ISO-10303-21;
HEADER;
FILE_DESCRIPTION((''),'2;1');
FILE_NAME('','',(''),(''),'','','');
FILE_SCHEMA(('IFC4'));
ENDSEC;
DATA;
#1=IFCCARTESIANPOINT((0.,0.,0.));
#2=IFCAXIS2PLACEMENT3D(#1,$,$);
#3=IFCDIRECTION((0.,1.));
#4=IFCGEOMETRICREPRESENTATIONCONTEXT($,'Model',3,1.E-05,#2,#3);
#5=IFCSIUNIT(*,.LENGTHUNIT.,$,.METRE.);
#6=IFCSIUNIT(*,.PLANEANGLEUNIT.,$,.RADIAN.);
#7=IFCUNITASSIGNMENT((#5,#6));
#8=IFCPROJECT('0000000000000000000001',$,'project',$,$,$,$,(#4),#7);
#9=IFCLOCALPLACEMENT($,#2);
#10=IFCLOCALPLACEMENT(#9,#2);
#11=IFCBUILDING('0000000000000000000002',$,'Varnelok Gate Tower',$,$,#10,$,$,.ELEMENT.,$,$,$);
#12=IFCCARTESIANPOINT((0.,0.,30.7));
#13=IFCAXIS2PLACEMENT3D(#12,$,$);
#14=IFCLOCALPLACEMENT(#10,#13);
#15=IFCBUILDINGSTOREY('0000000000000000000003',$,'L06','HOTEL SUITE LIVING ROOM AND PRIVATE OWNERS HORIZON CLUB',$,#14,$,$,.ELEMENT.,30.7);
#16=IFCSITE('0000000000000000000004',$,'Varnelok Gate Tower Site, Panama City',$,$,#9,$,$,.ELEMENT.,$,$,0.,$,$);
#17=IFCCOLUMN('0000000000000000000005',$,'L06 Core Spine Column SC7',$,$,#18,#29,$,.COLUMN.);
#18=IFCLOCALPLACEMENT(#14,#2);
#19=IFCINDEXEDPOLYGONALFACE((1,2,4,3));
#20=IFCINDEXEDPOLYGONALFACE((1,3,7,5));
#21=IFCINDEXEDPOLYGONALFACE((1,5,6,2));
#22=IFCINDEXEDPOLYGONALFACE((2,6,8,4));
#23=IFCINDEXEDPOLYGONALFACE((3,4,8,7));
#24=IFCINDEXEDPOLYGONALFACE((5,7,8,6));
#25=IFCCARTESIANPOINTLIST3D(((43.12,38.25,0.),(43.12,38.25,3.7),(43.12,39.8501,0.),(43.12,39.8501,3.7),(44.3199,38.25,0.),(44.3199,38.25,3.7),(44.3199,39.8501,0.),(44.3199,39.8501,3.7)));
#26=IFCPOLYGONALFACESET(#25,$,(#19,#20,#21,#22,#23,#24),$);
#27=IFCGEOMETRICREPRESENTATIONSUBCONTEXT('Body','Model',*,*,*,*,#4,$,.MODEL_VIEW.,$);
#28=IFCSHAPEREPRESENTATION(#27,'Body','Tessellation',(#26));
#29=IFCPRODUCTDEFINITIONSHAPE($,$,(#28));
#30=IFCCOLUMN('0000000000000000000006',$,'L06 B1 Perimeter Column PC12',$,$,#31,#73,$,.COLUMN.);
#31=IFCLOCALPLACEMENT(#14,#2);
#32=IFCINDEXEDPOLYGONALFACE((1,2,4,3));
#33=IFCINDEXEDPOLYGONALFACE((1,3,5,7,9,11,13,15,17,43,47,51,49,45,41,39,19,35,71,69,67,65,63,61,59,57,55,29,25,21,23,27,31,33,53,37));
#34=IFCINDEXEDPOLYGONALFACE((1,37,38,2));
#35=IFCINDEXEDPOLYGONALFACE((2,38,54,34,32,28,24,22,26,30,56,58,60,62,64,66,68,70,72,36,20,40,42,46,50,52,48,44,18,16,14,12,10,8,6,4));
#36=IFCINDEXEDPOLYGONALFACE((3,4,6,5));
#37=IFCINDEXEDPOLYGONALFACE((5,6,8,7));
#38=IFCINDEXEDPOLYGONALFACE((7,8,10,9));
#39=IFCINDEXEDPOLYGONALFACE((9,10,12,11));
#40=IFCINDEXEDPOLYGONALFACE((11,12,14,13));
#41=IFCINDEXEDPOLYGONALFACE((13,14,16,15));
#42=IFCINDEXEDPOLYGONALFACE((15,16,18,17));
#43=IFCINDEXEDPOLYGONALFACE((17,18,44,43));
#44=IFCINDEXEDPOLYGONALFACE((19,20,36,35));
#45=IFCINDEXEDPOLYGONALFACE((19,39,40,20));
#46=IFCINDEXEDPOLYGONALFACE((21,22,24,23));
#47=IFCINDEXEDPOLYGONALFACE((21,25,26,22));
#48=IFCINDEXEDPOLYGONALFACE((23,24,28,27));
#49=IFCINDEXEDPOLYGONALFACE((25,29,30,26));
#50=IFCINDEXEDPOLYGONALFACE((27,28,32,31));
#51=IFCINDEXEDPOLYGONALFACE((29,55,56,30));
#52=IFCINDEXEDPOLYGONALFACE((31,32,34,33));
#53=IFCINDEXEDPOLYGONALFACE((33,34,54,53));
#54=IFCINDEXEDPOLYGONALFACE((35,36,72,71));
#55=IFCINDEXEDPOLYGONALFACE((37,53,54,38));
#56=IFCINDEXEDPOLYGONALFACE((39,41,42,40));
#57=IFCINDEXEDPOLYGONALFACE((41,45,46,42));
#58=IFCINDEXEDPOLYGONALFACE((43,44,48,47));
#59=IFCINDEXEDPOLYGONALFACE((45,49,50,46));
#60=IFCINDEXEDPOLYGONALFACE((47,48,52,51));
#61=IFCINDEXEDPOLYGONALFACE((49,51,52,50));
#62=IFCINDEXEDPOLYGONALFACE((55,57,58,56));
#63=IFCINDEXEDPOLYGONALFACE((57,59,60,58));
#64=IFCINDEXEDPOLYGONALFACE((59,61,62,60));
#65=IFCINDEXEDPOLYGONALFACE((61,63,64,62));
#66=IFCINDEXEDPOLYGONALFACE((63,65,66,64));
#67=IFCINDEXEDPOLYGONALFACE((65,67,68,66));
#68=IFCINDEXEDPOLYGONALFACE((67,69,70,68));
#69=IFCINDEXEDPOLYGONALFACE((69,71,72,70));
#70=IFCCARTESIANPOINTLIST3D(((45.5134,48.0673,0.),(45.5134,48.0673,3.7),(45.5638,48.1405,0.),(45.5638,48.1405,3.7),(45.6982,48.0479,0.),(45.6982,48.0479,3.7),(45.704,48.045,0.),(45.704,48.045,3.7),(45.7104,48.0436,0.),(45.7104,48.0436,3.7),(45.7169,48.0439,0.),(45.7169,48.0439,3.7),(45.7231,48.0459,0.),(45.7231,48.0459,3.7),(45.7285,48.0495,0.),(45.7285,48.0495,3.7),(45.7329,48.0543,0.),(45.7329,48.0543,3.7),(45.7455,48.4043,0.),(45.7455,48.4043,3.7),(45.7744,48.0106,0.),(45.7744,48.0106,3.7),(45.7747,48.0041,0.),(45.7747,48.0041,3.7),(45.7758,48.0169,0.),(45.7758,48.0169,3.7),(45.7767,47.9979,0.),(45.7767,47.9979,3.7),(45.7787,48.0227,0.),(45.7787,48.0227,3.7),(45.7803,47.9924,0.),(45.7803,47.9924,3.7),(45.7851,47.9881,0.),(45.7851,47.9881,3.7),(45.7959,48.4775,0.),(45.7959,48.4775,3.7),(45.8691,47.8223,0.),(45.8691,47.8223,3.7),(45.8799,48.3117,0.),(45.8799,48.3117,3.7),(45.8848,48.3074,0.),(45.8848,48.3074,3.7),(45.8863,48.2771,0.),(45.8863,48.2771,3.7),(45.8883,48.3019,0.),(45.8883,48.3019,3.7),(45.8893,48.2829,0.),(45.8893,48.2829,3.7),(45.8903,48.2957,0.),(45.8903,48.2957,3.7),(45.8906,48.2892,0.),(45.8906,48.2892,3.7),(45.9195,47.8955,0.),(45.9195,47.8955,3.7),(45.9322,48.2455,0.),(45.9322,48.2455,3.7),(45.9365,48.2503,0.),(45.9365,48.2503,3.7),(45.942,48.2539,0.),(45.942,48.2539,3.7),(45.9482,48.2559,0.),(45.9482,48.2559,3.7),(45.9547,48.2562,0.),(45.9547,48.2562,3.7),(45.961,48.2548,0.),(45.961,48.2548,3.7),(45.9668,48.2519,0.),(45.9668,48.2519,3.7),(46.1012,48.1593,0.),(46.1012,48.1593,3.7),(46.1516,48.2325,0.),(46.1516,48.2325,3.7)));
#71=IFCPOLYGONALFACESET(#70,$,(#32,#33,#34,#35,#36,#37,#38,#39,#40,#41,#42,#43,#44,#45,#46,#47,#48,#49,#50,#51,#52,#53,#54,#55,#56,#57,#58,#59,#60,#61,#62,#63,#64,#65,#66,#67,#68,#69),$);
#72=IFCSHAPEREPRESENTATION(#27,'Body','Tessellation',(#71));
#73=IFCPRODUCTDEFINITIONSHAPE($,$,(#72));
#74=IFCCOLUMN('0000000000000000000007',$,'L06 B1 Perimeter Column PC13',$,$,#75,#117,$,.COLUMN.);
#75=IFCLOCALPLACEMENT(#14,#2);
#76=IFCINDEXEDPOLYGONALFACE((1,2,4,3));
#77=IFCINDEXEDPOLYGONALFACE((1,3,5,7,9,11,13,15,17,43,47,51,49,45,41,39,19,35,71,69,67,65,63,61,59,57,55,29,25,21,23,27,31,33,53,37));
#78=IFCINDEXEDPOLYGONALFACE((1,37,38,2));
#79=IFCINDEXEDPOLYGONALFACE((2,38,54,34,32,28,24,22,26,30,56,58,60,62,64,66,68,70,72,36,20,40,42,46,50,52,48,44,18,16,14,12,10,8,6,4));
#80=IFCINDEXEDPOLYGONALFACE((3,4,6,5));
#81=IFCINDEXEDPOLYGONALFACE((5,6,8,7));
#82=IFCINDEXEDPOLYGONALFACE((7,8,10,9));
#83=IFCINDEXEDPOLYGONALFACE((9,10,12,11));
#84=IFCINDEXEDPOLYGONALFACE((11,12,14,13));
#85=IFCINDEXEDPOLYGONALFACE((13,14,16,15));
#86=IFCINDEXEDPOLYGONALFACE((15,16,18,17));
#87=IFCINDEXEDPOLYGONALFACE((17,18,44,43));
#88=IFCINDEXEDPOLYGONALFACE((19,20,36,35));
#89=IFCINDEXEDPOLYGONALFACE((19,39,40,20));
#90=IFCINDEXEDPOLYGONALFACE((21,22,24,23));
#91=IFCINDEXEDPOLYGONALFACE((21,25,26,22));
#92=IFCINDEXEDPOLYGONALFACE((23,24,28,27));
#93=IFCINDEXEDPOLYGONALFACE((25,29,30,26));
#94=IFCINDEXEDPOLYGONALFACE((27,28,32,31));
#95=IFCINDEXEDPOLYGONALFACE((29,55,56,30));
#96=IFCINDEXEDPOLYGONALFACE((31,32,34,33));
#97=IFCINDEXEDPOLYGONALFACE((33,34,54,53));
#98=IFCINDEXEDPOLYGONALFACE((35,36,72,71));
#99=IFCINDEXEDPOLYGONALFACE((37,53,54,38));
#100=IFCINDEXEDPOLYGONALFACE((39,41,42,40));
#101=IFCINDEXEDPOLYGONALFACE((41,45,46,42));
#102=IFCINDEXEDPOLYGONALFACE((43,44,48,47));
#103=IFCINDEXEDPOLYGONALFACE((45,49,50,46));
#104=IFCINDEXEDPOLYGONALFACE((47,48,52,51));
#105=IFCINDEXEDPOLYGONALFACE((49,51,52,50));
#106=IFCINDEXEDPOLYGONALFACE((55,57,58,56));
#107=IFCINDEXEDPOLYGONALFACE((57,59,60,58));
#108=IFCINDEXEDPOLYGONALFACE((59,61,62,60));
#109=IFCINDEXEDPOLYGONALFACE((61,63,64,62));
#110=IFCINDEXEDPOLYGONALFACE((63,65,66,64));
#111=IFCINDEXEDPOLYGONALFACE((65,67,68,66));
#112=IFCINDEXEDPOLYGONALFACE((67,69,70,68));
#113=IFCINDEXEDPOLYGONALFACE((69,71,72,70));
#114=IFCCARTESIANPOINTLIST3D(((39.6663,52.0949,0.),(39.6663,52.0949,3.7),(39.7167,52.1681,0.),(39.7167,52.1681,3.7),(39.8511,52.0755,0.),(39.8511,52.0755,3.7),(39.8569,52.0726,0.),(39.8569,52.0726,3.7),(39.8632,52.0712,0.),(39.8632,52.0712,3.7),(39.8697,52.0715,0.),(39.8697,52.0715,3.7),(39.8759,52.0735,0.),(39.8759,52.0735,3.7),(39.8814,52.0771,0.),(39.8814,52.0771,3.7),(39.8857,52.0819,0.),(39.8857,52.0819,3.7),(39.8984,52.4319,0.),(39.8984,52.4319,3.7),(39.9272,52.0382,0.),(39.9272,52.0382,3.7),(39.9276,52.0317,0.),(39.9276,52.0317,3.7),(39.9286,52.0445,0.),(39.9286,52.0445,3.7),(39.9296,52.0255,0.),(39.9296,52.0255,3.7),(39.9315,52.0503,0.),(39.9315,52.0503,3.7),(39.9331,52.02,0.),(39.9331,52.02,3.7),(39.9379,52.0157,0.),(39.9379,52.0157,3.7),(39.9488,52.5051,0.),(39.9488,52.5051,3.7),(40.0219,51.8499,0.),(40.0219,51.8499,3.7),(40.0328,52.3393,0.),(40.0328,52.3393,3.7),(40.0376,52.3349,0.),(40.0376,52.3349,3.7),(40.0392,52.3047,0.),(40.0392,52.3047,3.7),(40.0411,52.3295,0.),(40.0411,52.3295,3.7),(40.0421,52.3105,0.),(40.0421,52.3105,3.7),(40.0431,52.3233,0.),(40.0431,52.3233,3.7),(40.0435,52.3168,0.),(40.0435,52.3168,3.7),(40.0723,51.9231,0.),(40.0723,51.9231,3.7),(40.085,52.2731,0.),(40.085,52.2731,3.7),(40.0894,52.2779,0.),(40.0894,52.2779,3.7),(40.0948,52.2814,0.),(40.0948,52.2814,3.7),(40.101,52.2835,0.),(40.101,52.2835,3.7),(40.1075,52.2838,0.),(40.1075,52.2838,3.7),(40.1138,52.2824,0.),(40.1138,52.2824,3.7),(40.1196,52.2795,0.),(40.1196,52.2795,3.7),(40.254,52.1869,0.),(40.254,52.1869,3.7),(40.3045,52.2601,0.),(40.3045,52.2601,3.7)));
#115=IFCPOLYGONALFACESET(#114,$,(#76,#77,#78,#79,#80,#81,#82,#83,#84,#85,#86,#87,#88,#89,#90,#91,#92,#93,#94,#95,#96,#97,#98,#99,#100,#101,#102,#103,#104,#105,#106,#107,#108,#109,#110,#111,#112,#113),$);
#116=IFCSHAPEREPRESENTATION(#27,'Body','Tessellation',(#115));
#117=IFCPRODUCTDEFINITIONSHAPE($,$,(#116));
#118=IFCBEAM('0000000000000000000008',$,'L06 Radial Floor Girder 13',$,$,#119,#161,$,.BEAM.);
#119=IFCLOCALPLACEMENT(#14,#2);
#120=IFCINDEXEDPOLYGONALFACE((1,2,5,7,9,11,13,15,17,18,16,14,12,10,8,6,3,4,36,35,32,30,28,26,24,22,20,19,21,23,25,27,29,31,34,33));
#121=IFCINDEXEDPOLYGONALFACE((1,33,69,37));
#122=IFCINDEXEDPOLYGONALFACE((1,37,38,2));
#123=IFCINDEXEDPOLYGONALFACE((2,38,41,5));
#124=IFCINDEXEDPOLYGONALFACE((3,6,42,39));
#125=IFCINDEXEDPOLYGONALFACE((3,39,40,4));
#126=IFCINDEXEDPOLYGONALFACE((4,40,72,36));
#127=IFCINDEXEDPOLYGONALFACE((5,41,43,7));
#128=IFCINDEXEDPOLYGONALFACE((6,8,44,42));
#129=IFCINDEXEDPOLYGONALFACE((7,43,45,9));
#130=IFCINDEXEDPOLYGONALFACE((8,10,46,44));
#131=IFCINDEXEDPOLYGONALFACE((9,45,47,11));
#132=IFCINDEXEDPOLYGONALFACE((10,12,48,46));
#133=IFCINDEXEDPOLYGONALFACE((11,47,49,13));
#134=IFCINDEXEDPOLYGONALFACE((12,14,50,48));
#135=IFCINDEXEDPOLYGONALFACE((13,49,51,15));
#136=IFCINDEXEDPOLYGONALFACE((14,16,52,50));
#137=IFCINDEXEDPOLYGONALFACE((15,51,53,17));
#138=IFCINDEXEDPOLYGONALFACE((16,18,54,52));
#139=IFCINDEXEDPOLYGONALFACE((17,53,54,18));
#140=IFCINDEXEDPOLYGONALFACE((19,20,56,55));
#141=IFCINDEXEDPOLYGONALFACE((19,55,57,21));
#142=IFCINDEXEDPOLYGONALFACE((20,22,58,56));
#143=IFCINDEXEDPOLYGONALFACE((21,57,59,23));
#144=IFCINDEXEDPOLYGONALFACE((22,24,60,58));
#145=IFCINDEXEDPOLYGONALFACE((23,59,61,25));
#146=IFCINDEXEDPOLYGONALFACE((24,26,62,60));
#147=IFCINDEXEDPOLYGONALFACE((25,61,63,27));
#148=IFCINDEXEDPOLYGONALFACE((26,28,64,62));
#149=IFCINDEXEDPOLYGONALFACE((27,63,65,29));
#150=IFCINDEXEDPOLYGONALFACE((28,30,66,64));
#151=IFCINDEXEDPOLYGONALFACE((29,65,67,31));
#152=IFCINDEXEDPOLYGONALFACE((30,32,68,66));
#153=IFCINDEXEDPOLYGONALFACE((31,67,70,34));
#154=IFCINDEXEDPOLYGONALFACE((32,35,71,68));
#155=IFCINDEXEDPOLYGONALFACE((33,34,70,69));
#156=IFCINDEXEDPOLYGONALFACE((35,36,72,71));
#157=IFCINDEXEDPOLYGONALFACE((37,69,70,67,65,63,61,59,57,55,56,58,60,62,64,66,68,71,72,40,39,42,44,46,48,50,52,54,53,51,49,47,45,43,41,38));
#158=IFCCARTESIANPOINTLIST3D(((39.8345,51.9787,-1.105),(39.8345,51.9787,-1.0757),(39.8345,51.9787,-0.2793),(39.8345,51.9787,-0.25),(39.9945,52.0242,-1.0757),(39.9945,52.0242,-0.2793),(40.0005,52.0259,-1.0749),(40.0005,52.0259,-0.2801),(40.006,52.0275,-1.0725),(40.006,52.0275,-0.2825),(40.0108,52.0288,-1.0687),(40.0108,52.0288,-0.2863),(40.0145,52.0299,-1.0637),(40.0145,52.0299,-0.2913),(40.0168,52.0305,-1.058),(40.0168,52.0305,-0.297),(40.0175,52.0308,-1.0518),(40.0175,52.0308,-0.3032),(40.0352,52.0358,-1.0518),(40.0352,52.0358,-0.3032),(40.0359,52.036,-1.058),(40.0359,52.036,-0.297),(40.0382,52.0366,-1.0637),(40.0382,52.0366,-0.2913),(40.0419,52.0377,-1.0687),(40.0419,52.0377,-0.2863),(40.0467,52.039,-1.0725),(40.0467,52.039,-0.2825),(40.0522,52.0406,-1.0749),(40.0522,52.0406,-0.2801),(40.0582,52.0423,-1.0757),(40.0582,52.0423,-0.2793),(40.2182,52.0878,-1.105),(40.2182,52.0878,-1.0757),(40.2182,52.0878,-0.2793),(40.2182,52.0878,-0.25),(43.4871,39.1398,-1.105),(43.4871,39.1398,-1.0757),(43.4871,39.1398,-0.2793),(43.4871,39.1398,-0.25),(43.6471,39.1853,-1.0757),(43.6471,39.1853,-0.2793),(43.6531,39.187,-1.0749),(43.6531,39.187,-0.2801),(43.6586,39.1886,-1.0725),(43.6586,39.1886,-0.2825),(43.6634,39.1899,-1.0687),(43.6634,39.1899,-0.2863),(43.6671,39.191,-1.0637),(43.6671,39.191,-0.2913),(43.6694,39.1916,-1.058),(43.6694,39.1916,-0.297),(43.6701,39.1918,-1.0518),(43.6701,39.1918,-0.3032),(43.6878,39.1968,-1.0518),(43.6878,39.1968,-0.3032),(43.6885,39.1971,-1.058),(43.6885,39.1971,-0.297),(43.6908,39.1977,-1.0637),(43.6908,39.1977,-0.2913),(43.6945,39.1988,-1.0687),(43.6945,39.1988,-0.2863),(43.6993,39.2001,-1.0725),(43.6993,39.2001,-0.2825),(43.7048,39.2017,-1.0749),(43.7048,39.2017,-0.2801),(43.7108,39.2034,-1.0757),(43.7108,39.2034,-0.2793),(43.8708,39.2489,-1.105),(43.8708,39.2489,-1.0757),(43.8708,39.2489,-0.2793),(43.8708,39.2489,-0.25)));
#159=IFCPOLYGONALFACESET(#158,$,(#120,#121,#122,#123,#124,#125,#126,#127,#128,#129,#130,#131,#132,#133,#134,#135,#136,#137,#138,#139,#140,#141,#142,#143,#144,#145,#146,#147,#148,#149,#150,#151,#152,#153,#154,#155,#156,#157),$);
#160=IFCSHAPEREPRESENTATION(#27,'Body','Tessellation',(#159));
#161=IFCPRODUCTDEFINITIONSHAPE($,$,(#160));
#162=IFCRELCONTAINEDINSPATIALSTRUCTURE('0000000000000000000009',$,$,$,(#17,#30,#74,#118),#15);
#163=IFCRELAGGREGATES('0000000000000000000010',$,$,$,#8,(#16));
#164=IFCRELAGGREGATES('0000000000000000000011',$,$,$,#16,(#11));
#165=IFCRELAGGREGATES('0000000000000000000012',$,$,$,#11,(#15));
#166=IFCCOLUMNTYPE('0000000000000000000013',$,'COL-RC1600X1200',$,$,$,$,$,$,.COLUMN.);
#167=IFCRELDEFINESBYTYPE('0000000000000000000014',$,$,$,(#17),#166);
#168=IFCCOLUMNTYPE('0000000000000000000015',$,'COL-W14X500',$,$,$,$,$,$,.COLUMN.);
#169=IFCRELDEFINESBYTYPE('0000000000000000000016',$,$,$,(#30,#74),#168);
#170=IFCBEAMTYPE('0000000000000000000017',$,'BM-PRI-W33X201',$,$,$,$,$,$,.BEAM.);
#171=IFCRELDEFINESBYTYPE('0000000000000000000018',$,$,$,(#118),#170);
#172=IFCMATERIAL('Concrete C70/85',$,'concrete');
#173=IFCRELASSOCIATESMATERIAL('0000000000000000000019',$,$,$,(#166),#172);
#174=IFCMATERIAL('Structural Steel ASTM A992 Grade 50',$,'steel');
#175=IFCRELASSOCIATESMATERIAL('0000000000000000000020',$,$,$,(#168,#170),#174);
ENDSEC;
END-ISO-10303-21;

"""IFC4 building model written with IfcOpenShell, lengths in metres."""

from ifc_helpers import new_model, si_unit, direction, frame, origin, origin_2d, place, context, subcontext, project, spatial, rectangle, i_section, extrude, material, material_profile, profile_set, type_object, element, save


model = new_model("IFC4")

# Units and contexts
model_context = context("Model", 3, precision=1e-05, world=origin(), true_north=direction((0.0, 1.0)))
body_context = subcontext(model_context, "Body", "Model", "MODEL_VIEW")
ifc_project = project(units=[si_unit("LENGTHUNIT", "METRE"), si_unit("PLANEANGLEUNIT", "RADIAN")], contexts=[model_context])

# Site, building, storey
site_placement = place(None, origin())
site = spatial("IfcSite", under=ifc_project, at=site_placement, Name="Varnelok Gate Tower Site, Panama City", CompositionType="ELEMENT", RefElevation=0.0)
building_placement = place(site_placement, origin())
building = spatial("IfcBuilding", under=site, at=building_placement, Name="Varnelok Gate Tower", CompositionType="ELEMENT")
storey_placement = place(building_placement, frame((0.0, 0.0, 30.7)))
storey = spatial("IfcBuildingStorey", under=building, at=storey_placement, Name="L06", Description="HOTEL SUITE LIVING ROOM AND PRIVATE OWNERS HORIZON CLUB", CompositionType="ELEMENT", Elevation=30.7)

# Columns
ifc_material_1 = material(Name="Concrete C70/85", Category="concrete")
ifc_material_profile_1 = material_profile(ifc_material_1, rectangle(XDim=1.2, YDim=1.6001, at=origin_2d()), Name="RC1600X1200")
ifc_profile_set_1 = profile_set([ifc_material_profile_1], Name="Concrete C70/85")
column_type_1 = type_object("IfcColumnType", Name="COL-RC1600X1200", PredefinedType="COLUMN", material=ifc_profile_set_1)
column_placement = place(storey_placement, frame((43.72, 39.05, 0.0), z_axis=(0.0, 0.0, 1.0), x_axis=(1.0, 0.0, 0.0)))
element("IfcColumn", 1, at=column_placement, inside=storey, type_object=column_type_1, Name="L06 Core Spine Column SC7", PredefinedType="COLUMN", context=body_context, shape_type="SweptSolid", body=[
    extrude(rectangle(XDim=1.2, YDim=1.6001, at=origin_2d()), origin(), (0.0, 0.0, 1.0), 3.7),
])
ifc_material_2 = material(Name="Structural Steel ASTM A992 Grade 50", Category="steel")
ifc_material_profile_2 = material_profile(ifc_material_2, i_section(OverallWidth=0.4319, OverallDepth=0.498, WebThickness=0.0557, FlangeThickness=0.0889, FilletRadius=0.0249, at=origin_2d()), Name="W14X500")
ifc_profile_set_2 = profile_set([ifc_material_profile_2], Name="Structural Steel ASTM A992 Grade 50")
column_type_2 = type_object("IfcColumnType", Name="COL-W14X500", PredefinedType="COLUMN", material=ifc_profile_set_2)
for number, where, z_axis, x_axis, name in (
    (2, (45.8325, 48.1499, 0.0), (0.0, 0.0, 1.0), (0.823533, -0.567269, 0.0), "L06 B1 Perimeter Column PC12"),
    (3, (39.9854, 52.1775, 0.0), (0.0, 0.0, 1.0), (0.823533, -0.567269, 0.0), "L06 B1 Perimeter Column PC13"),
):
    element("IfcColumn", number, at=place(storey_placement, frame(where, z_axis=z_axis, x_axis=x_axis)), inside=storey, type_object=column_type_2, Name=name, PredefinedType="COLUMN", context=body_context, shape_type="SweptSolid", body=[
        extrude(i_section(OverallWidth=0.4319, OverallDepth=0.498, WebThickness=0.0557, FlangeThickness=0.0889, FilletRadius=0.0249, at=origin_2d()), origin(), (0.0, 0.0, 1.0), 3.7),
    ])

# Beam
ifc_material_profile_3 = material_profile(ifc_material_2, i_section(OverallWidth=0.3989, OverallDepth=0.855, WebThickness=0.0183, FlangeThickness=0.0293, FilletRadius=0.0239, at=origin_2d()), Name="W33X201")
ifc_profile_set_3 = profile_set([ifc_material_profile_3], Name="Structural Steel ASTM A992 Grade 50")
beam_type_1 = type_object("IfcBeamType", Name="BM-PRI-W33X201", PredefinedType="BEAM", material=ifc_profile_set_3)
beam_1_placement = place(storey_placement, frame((43.679, 39.1943, -0.6775), z_axis=(-0.273636, 0.961833, 0.0), x_axis=(-0.961833, -0.273636, 0.0)))
element("IfcBeam", 4, at=beam_1_placement, inside=storey, type_object=beam_type_1, Name="L06 Radial Floor Girder 13", PredefinedType="BEAM", context=body_context, shape_type="SweptSolid", body=[
    extrude(i_section(OverallWidth=0.3989, OverallDepth=0.855, WebThickness=0.0183, FlangeThickness=0.0293, FilletRadius=0.0239, at=origin_2d()), origin(), (0.0, 0.0, 1.0), 13.3484),
])

save(model, "model.ifc")
